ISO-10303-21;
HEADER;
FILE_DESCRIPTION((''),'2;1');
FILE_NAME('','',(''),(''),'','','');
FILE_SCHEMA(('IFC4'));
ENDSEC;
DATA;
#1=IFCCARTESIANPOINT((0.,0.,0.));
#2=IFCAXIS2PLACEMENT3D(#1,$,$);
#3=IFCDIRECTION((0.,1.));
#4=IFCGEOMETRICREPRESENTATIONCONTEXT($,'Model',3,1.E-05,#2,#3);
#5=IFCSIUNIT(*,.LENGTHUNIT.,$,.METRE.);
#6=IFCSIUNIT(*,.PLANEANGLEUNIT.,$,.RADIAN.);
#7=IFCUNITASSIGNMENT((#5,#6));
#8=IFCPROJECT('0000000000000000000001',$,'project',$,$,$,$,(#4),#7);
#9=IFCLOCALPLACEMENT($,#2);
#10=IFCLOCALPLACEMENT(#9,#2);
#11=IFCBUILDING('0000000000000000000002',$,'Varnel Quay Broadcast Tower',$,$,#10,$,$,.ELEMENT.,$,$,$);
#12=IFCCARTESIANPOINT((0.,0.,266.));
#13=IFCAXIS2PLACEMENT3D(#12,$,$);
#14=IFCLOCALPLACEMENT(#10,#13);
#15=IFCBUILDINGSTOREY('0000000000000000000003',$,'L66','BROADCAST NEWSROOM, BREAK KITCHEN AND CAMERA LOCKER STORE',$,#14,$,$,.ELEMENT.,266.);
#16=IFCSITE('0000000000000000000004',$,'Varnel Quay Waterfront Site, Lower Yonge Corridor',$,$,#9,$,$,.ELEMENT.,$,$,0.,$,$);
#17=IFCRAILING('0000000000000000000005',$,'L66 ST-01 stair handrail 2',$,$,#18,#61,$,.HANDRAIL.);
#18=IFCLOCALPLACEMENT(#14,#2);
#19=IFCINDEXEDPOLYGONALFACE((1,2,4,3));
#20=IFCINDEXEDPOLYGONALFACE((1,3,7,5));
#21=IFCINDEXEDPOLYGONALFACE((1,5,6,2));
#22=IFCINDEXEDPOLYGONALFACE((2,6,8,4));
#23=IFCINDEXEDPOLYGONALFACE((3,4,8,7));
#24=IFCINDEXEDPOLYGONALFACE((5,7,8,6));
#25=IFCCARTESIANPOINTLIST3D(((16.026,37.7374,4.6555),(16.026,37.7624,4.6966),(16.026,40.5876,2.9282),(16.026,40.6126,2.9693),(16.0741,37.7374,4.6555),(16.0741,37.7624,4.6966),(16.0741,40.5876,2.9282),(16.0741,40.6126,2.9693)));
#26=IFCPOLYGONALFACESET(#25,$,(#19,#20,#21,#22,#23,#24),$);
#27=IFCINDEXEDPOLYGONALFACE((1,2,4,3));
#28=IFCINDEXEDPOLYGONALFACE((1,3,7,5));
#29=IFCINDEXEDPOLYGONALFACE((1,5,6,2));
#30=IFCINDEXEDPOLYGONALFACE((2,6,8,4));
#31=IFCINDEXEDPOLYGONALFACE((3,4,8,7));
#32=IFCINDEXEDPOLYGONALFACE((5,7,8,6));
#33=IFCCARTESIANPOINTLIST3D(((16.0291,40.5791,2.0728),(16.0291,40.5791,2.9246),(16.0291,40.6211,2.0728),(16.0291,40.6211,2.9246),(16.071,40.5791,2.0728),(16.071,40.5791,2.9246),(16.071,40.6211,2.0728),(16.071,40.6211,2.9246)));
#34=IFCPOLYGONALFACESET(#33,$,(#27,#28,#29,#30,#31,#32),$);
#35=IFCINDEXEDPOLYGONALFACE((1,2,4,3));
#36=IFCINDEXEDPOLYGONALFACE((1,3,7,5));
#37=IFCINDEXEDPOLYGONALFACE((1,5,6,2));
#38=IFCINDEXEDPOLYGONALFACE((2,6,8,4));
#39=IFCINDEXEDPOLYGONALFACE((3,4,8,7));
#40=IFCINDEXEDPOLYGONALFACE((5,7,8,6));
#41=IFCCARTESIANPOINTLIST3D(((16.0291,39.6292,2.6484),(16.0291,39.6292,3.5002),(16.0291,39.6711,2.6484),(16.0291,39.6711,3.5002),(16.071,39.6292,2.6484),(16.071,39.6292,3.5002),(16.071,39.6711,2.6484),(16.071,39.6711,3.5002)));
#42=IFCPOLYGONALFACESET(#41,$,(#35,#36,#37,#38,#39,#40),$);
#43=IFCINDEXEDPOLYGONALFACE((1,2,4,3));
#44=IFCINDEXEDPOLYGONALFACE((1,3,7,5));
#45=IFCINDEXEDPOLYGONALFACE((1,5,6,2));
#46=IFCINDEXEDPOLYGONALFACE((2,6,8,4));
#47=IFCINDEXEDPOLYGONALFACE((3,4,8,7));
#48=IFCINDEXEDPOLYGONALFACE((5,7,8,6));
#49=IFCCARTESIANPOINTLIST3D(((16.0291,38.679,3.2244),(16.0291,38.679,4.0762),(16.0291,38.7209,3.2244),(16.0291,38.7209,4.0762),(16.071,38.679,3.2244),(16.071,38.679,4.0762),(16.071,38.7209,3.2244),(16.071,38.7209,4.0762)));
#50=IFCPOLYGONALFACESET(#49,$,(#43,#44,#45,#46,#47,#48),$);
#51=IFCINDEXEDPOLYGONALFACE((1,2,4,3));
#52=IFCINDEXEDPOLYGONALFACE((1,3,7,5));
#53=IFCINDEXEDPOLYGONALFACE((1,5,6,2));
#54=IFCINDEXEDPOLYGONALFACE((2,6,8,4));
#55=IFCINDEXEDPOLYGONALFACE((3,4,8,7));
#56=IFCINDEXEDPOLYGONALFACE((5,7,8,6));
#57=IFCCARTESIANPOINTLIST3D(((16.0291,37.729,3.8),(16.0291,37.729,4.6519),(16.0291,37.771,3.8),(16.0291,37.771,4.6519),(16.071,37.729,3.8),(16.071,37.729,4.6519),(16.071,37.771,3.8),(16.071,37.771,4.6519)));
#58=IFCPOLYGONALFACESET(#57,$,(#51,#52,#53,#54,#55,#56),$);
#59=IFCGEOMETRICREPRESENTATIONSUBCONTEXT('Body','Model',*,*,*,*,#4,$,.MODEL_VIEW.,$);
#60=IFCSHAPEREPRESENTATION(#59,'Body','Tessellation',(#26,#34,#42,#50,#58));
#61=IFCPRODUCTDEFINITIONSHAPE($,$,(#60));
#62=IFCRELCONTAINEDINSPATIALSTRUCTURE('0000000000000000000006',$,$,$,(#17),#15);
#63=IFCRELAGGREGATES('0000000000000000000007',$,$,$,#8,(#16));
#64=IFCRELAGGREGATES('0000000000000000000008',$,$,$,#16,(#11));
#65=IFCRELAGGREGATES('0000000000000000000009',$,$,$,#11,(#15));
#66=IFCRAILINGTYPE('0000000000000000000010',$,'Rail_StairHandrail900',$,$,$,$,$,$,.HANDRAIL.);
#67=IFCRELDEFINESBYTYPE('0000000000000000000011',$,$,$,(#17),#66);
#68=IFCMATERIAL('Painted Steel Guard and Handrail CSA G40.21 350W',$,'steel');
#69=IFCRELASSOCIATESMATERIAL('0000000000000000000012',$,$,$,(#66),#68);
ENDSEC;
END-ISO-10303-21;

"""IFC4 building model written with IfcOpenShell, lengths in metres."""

from ifc_helpers import new_model, si_unit, direction, frame, origin, origin_2d, place, context, subcontext, project, spatial, rectangle, extrude, material, type_object, element, save


model = new_model("IFC4")

# Units and contexts
model_context = context("Model", 3, precision=1e-05, world=origin(), true_north=direction((0.0, 1.0)))
body_context = subcontext(model_context, "Body", "Model", "MODEL_VIEW")
ifc_project = project(units=[si_unit("LENGTHUNIT", "METRE"), si_unit("PLANEANGLEUNIT", "RADIAN")], contexts=[model_context])

# Site, building, storey
site_placement = place(None, origin())
site = spatial("IfcSite", under=ifc_project, at=site_placement, Name="Varnel Quay Waterfront Site, Lower Yonge Corridor", CompositionType="ELEMENT", RefElevation=0.0)
building_placement = place(site_placement, origin())
building = spatial("IfcBuilding", under=site, at=building_placement, Name="Varnel Quay Broadcast Tower", CompositionType="ELEMENT")
storey_placement = place(building_placement, frame((0.0, 0.0, 266.0)))
storey = spatial("IfcBuildingStorey", under=building, at=storey_placement, Name="L66", Description="BROADCAST NEWSROOM, BREAK KITCHEN AND CAMERA LOCKER STORE", CompositionType="ELEMENT", Elevation=266.0)

# Railing
ifc_material_1 = material(Name="Painted Steel Guard and Handrail CSA G40.21 350W", Category="steel")
railing_type_1 = type_object("IfcRailingType", Name="Rail_StairHandrail900", PredefinedType="HANDRAIL", material=ifc_material_1)
railing_1_placement = place(storey_placement, frame((16.05, 40.6001, 2.0728)))
element("IfcRailing", 1, at=railing_1_placement, inside=storey, type_object=railing_type_1, Name="L66 ST-01 stair handrail 2", PredefinedType="HANDRAIL", context=body_context, shape_type="SweptSolid", body=[
    extrude(rectangle(XDim=0.0481, YDim=0.0481, at=origin_2d()), frame((0.0, 0.0, 0.876), z_axis=(0.0, -0.855203, 0.518294), x_axis=(1.0, 0.0, 0.0)), (0.0, 0.0, 1.0), 3.3328),
    extrude(rectangle(XDim=0.042, YDim=0.042, at=origin_2d()), origin(), (0.0, 0.0, 1.0), 0.8518),
    extrude(rectangle(XDim=0.042, YDim=0.042, at=origin_2d()), frame((0.0, -0.95, 0.5757)), (0.0, 0.0, 1.0), 0.8518),
    extrude(rectangle(XDim=0.042, YDim=0.042, at=origin_2d()), frame((0.0, -1.9001, 1.1516)), (0.0, 0.0, 1.0), 0.8518),
    extrude(rectangle(XDim=0.042, YDim=0.042, at=origin_2d()), frame((0.0, -2.8501, 1.7273)), (0.0, 0.0, 1.0), 0.8518),
])

save(model, "model.ifc")
